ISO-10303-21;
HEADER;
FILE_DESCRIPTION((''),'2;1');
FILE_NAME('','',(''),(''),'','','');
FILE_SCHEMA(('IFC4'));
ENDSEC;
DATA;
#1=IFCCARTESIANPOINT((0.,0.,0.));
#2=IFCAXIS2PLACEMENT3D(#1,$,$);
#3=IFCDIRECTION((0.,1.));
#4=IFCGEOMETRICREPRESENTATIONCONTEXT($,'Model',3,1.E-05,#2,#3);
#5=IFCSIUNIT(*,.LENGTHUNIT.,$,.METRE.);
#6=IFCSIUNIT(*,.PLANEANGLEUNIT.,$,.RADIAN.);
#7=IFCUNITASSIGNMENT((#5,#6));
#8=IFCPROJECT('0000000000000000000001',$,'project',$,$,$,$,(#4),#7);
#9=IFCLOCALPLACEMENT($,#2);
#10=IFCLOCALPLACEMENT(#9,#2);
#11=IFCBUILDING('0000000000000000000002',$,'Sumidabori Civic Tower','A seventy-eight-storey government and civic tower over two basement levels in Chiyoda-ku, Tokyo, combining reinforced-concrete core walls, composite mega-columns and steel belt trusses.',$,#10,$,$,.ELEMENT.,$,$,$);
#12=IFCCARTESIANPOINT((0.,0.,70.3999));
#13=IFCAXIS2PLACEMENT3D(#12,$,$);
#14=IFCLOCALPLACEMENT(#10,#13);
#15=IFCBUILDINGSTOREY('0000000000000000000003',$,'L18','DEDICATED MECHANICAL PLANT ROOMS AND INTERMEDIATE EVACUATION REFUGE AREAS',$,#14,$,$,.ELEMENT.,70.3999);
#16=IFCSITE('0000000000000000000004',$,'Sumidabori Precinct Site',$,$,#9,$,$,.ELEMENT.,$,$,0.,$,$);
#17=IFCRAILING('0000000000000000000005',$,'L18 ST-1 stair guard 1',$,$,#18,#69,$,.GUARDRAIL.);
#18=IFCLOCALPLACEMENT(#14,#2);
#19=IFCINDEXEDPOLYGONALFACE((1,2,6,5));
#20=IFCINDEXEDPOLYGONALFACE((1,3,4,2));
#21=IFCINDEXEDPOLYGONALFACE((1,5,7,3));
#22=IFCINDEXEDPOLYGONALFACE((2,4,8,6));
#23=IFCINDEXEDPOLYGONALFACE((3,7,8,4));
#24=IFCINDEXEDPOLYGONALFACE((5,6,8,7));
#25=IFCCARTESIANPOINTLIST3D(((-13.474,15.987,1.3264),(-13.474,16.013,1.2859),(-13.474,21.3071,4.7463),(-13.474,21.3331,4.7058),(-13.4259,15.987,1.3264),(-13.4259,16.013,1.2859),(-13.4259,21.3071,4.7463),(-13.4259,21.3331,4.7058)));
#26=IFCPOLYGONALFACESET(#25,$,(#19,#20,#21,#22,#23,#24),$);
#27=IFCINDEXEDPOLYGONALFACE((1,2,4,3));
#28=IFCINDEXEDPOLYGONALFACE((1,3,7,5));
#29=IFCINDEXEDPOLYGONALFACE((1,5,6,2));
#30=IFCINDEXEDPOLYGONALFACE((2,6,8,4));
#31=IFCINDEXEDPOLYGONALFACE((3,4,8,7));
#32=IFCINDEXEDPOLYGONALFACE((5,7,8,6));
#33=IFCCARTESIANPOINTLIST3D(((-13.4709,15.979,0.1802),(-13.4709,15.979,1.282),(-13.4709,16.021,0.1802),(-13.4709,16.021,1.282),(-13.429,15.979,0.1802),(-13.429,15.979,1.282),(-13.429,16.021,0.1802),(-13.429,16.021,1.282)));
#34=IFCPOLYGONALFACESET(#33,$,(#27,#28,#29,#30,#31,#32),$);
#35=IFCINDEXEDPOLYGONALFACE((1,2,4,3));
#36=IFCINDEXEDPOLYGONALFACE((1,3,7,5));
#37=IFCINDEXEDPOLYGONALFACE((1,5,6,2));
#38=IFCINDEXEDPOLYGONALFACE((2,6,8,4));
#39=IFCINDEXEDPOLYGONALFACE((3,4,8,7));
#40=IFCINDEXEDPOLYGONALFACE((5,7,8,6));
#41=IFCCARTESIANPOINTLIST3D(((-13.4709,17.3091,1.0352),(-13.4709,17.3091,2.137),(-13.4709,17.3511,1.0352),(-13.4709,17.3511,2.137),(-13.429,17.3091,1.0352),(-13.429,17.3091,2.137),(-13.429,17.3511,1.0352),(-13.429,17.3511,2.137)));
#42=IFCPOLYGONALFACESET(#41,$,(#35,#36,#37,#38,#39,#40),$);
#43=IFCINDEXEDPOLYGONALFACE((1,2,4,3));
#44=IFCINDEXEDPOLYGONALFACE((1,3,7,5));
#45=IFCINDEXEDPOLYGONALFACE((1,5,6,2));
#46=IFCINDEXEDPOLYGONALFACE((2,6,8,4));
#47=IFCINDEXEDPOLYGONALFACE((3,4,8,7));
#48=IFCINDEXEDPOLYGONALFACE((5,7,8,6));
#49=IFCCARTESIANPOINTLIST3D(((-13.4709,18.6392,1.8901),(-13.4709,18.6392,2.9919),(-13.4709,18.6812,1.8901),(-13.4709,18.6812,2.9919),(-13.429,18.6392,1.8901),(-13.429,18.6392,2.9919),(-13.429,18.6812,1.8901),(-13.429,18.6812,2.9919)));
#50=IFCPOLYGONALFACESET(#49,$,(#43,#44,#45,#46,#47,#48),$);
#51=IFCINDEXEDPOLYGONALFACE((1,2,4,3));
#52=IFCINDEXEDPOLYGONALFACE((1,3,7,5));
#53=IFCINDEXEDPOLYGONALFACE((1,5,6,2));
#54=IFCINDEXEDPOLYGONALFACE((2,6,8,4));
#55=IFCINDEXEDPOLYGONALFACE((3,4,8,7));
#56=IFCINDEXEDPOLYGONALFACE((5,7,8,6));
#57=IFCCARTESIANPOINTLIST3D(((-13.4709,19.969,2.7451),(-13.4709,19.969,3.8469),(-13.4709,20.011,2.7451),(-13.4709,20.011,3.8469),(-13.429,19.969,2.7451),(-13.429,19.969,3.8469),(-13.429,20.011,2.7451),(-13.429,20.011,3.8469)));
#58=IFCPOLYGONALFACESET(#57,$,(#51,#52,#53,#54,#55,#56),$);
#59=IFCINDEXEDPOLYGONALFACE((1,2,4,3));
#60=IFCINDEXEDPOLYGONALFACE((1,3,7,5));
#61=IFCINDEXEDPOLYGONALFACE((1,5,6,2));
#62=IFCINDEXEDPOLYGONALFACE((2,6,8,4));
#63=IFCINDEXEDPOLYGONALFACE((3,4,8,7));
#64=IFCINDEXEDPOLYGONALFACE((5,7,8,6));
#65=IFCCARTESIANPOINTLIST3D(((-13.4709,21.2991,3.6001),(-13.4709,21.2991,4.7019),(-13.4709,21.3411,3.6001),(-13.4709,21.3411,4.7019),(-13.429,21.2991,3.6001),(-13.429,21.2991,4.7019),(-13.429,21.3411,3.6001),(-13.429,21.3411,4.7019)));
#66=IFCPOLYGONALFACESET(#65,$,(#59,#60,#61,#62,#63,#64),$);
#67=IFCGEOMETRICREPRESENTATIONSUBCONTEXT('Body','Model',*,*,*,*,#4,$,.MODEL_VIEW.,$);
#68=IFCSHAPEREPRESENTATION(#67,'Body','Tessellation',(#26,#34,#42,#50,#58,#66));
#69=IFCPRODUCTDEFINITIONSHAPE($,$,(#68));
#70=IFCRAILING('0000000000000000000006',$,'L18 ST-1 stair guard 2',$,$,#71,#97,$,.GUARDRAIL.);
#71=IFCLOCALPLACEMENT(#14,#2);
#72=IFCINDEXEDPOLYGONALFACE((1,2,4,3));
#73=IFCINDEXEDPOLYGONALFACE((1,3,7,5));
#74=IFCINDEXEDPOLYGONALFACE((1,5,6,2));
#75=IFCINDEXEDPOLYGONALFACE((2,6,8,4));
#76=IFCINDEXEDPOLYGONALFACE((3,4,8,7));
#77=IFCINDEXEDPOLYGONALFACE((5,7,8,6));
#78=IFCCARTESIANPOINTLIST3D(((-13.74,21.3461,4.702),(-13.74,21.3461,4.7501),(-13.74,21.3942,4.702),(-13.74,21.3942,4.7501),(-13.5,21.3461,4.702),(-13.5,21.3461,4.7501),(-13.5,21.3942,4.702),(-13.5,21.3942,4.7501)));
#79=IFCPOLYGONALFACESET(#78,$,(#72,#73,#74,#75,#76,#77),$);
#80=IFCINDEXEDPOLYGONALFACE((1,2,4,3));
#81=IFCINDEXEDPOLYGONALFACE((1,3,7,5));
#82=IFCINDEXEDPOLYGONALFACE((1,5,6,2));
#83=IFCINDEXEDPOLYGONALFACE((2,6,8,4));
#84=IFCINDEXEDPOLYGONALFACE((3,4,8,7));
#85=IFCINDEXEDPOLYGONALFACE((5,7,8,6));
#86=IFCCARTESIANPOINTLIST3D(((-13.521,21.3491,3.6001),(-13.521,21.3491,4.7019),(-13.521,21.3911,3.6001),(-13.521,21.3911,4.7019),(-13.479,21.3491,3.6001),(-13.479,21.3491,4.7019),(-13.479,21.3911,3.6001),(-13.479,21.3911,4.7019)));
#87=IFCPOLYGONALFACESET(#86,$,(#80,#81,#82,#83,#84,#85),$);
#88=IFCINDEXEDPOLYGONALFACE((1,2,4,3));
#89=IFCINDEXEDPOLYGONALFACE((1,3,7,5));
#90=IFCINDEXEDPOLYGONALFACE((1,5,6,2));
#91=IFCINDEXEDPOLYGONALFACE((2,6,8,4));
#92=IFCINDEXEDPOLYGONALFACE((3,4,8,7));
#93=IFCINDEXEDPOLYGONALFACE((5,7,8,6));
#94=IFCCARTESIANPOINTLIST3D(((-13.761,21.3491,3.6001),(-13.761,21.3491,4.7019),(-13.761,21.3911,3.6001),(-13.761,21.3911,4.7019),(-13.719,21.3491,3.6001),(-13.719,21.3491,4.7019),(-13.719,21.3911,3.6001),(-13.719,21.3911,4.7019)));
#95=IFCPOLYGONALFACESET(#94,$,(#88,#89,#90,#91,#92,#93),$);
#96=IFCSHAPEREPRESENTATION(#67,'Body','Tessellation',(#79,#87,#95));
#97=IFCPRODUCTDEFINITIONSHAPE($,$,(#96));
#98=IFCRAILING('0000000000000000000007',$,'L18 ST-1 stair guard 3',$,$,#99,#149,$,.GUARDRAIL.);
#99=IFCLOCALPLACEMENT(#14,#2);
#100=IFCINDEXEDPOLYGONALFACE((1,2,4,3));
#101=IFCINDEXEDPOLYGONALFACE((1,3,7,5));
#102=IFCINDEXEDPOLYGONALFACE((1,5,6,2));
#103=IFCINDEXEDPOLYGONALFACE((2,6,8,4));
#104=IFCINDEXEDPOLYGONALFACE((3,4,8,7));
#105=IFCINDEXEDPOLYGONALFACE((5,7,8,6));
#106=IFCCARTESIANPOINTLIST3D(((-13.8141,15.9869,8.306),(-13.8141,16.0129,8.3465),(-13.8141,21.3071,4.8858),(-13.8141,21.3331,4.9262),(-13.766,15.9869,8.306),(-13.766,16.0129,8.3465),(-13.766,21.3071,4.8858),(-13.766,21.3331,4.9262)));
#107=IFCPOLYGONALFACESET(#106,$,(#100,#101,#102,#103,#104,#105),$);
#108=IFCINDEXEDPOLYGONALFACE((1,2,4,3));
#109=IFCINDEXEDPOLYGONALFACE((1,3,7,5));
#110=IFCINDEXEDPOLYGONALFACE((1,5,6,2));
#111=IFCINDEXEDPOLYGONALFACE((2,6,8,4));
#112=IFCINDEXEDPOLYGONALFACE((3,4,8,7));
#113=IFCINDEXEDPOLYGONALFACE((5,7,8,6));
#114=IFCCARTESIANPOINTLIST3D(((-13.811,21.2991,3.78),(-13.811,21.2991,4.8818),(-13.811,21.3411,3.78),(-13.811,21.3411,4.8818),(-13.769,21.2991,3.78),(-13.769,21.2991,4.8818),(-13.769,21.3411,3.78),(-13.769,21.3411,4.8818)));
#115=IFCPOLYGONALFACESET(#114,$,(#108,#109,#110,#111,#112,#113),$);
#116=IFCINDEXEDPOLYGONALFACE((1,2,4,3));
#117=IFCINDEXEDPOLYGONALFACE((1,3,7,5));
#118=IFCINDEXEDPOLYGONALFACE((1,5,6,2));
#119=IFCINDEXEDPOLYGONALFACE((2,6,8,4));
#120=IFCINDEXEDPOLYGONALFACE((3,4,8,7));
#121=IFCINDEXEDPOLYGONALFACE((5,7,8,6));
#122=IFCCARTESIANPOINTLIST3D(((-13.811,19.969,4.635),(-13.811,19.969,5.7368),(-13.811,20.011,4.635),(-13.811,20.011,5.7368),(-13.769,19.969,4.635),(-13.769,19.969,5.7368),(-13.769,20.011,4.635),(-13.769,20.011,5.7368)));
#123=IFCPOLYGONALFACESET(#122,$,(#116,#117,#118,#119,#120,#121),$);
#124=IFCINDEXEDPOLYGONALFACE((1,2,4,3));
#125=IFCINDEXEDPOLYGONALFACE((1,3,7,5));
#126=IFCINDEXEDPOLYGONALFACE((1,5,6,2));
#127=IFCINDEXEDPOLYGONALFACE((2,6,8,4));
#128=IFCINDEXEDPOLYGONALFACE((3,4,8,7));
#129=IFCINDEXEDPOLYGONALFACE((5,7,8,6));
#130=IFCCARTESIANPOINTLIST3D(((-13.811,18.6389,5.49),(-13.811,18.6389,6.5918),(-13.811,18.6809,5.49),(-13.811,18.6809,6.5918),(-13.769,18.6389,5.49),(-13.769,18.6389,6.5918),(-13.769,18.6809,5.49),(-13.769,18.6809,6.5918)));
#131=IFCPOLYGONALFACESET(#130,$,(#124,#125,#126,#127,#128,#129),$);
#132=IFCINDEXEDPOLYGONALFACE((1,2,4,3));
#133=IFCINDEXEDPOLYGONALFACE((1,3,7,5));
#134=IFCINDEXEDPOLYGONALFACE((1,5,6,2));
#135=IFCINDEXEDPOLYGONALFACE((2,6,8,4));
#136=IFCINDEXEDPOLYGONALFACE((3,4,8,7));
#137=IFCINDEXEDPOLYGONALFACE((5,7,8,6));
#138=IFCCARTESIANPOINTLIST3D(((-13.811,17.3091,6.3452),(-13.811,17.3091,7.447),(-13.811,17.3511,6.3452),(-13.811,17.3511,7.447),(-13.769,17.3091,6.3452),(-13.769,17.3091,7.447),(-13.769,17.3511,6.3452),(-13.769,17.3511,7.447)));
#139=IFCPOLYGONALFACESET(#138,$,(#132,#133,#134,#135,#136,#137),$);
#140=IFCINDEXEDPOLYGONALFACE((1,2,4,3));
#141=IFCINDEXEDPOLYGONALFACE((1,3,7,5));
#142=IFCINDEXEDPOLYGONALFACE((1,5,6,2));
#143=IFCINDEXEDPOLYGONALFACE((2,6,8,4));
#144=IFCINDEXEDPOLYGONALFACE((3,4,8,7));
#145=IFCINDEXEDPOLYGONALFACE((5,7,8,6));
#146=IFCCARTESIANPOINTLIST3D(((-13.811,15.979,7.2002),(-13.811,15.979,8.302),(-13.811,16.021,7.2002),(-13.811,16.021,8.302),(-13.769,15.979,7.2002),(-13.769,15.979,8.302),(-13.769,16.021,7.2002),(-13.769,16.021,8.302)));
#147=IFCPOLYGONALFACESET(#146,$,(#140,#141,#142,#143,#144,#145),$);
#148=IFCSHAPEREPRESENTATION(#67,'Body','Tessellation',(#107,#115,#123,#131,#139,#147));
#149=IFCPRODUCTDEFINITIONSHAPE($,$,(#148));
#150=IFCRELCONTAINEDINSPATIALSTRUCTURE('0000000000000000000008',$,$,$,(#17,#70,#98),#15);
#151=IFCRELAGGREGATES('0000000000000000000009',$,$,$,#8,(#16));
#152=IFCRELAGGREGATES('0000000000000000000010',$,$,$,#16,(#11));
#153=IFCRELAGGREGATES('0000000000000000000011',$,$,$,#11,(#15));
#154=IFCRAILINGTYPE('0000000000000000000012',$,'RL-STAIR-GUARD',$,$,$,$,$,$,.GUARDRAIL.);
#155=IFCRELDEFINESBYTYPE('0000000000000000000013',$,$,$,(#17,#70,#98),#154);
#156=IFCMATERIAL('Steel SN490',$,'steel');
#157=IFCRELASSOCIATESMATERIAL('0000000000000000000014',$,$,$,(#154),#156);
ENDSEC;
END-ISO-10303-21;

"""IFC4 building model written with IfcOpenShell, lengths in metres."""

from ifc_helpers import new_model, si_unit, direction, frame, origin, origin_2d, place, context, subcontext, project, spatial, rectangle, extrude, material, type_object, element, save


model = new_model("IFC4")

# Units and contexts
model_context = context("Model", 3, precision=1e-05, world=origin(), true_north=direction((0.0, 1.0)))
body_context = subcontext(model_context, "Body", "Model", "MODEL_VIEW")
ifc_project = project(units=[si_unit("LENGTHUNIT", "METRE"), si_unit("PLANEANGLEUNIT", "RADIAN")], contexts=[model_context])

# Site, building, storey
site_placement = place(None, origin())
site = spatial("IfcSite", under=ifc_project, at=site_placement, Name="Sumidabori Precinct Site", CompositionType="ELEMENT", RefElevation=0.0)
building_placement = place(site_placement, origin())
building = spatial("IfcBuilding", under=site, at=building_placement, Name="Sumidabori Civic Tower", Description="A seventy-eight-storey government and civic tower over two basement levels in Chiyoda-ku, Tokyo, combining reinforced-concrete core walls, composite mega-columns and steel belt trusses.", CompositionType="ELEMENT")
storey_placement = place(building_placement, frame((0.0, 0.0, 70.3999)))
storey = spatial("IfcBuildingStorey", under=building, at=storey_placement, Name="L18", Description="DEDICATED MECHANICAL PLANT ROOMS AND INTERMEDIATE EVACUATION REFUGE AREAS", CompositionType="ELEMENT", Elevation=70.3999)

# Shared definitions
ifc_material_1 = material(Name="Steel SN490", Category="steel")

# Railings
railing_type_1 = type_object("IfcRailingType", Name="RL-STAIR-GUARD", PredefinedType="GUARDRAIL", material=ifc_material_1)
railing_1_placement = place(storey_placement, frame((-13.45, 16.0, 0.1802)))
element("IfcRailing", 1, at=railing_1_placement, inside=storey, type_object=railing_type_1, Name="L18 ST-1 stair guard 1", PredefinedType="GUARDRAIL", context=body_context, shape_type="SweptSolid", body=[
    extrude(rectangle(XDim=0.0481, YDim=0.0481, at=origin_2d()), frame((0.0, 0.0, 1.126), z_axis=(0.0, 0.841187, 0.540744), x_axis=(-1.0, 0.0, 0.0)), (0.0, 0.0, 1.0), 6.3245),
    extrude(rectangle(XDim=0.042, YDim=0.042, at=origin_2d()), origin(), (0.0, 0.0, 1.0), 1.1018),
    extrude(rectangle(XDim=0.042, YDim=0.042, at=origin_2d()), frame((0.0, 1.3301, 0.855)), (0.0, 0.0, 1.0), 1.1018),
    extrude(rectangle(XDim=0.042, YDim=0.042, at=origin_2d()), frame((0.0, 2.6602, 1.71)), (0.0, 0.0, 1.0), 1.1018),
    extrude(rectangle(XDim=0.042, YDim=0.042, at=origin_2d()), frame((0.0, 3.99, 2.5649)), (0.0, 0.0, 1.0), 1.1018),
    extrude(rectangle(XDim=0.042, YDim=0.042, at=origin_2d()), frame((0.0, 5.3201, 3.4199)), (0.0, 0.0, 1.0), 1.1018),
])
railing_2_placement = place(storey_placement, frame((-13.5, 21.3701, 3.6001)))
element("IfcRailing", 2, at=railing_2_placement, inside=storey, type_object=railing_type_1, Name="L18 ST-1 stair guard 2", PredefinedType="GUARDRAIL", context=body_context, shape_type="SweptSolid", body=[
    extrude(rectangle(XDim=0.0481, YDim=0.0481, at=origin_2d()), frame((0.0, 0.0, 1.126), z_axis=(-1.0, 0.0, 0.0), x_axis=(0.0, -1.0, 0.0)), (0.0, 0.0, 1.0), 0.24),
    extrude(rectangle(XDim=0.042, YDim=0.042, at=origin_2d()), origin(), (0.0, 0.0, 1.0), 1.1018),
    extrude(rectangle(XDim=0.042, YDim=0.042, at=origin_2d()), frame((-0.24, 0.0, 0.0)), (0.0, 0.0, 1.0), 1.1018),
])
railing_3_placement = place(storey_placement, frame((-13.79, 21.3201, 3.78)))
element("IfcRailing", 3, at=railing_3_placement, inside=storey, type_object=railing_type_1, Name="L18 ST-1 stair guard 3", PredefinedType="GUARDRAIL", context=body_context, shape_type="SweptSolid", body=[
    extrude(rectangle(XDim=0.0481, YDim=0.0481, at=origin_2d()), frame((0.0, 0.0, 1.126), z_axis=(0.0, -0.84117, 0.540771), x_axis=(1.0, 0.0, 0.0)), (0.0, 0.0, 1.0), 6.3247),
    extrude(rectangle(XDim=0.042, YDim=0.042, at=origin_2d()), origin(), (0.0, 0.0, 1.0), 1.1018),
    extrude(rectangle(XDim=0.042, YDim=0.042, at=origin_2d()), frame((0.0, -1.3301, 0.855)), (0.0, 0.0, 1.0), 1.1018),
    extrude(rectangle(XDim=0.042, YDim=0.042, at=origin_2d()), frame((0.0, -2.6602, 1.71)), (0.0, 0.0, 1.0), 1.1018),
    extrude(rectangle(XDim=0.042, YDim=0.042, at=origin_2d()), frame((0.0, -3.99, 2.5652)), (0.0, 0.0, 1.0), 1.1018),
    extrude(rectangle(XDim=0.042, YDim=0.042, at=origin_2d()), frame((0.0, -5.3201, 3.4202)), (0.0, 0.0, 1.0), 1.1018),
])

save(model, "model.ifc")
